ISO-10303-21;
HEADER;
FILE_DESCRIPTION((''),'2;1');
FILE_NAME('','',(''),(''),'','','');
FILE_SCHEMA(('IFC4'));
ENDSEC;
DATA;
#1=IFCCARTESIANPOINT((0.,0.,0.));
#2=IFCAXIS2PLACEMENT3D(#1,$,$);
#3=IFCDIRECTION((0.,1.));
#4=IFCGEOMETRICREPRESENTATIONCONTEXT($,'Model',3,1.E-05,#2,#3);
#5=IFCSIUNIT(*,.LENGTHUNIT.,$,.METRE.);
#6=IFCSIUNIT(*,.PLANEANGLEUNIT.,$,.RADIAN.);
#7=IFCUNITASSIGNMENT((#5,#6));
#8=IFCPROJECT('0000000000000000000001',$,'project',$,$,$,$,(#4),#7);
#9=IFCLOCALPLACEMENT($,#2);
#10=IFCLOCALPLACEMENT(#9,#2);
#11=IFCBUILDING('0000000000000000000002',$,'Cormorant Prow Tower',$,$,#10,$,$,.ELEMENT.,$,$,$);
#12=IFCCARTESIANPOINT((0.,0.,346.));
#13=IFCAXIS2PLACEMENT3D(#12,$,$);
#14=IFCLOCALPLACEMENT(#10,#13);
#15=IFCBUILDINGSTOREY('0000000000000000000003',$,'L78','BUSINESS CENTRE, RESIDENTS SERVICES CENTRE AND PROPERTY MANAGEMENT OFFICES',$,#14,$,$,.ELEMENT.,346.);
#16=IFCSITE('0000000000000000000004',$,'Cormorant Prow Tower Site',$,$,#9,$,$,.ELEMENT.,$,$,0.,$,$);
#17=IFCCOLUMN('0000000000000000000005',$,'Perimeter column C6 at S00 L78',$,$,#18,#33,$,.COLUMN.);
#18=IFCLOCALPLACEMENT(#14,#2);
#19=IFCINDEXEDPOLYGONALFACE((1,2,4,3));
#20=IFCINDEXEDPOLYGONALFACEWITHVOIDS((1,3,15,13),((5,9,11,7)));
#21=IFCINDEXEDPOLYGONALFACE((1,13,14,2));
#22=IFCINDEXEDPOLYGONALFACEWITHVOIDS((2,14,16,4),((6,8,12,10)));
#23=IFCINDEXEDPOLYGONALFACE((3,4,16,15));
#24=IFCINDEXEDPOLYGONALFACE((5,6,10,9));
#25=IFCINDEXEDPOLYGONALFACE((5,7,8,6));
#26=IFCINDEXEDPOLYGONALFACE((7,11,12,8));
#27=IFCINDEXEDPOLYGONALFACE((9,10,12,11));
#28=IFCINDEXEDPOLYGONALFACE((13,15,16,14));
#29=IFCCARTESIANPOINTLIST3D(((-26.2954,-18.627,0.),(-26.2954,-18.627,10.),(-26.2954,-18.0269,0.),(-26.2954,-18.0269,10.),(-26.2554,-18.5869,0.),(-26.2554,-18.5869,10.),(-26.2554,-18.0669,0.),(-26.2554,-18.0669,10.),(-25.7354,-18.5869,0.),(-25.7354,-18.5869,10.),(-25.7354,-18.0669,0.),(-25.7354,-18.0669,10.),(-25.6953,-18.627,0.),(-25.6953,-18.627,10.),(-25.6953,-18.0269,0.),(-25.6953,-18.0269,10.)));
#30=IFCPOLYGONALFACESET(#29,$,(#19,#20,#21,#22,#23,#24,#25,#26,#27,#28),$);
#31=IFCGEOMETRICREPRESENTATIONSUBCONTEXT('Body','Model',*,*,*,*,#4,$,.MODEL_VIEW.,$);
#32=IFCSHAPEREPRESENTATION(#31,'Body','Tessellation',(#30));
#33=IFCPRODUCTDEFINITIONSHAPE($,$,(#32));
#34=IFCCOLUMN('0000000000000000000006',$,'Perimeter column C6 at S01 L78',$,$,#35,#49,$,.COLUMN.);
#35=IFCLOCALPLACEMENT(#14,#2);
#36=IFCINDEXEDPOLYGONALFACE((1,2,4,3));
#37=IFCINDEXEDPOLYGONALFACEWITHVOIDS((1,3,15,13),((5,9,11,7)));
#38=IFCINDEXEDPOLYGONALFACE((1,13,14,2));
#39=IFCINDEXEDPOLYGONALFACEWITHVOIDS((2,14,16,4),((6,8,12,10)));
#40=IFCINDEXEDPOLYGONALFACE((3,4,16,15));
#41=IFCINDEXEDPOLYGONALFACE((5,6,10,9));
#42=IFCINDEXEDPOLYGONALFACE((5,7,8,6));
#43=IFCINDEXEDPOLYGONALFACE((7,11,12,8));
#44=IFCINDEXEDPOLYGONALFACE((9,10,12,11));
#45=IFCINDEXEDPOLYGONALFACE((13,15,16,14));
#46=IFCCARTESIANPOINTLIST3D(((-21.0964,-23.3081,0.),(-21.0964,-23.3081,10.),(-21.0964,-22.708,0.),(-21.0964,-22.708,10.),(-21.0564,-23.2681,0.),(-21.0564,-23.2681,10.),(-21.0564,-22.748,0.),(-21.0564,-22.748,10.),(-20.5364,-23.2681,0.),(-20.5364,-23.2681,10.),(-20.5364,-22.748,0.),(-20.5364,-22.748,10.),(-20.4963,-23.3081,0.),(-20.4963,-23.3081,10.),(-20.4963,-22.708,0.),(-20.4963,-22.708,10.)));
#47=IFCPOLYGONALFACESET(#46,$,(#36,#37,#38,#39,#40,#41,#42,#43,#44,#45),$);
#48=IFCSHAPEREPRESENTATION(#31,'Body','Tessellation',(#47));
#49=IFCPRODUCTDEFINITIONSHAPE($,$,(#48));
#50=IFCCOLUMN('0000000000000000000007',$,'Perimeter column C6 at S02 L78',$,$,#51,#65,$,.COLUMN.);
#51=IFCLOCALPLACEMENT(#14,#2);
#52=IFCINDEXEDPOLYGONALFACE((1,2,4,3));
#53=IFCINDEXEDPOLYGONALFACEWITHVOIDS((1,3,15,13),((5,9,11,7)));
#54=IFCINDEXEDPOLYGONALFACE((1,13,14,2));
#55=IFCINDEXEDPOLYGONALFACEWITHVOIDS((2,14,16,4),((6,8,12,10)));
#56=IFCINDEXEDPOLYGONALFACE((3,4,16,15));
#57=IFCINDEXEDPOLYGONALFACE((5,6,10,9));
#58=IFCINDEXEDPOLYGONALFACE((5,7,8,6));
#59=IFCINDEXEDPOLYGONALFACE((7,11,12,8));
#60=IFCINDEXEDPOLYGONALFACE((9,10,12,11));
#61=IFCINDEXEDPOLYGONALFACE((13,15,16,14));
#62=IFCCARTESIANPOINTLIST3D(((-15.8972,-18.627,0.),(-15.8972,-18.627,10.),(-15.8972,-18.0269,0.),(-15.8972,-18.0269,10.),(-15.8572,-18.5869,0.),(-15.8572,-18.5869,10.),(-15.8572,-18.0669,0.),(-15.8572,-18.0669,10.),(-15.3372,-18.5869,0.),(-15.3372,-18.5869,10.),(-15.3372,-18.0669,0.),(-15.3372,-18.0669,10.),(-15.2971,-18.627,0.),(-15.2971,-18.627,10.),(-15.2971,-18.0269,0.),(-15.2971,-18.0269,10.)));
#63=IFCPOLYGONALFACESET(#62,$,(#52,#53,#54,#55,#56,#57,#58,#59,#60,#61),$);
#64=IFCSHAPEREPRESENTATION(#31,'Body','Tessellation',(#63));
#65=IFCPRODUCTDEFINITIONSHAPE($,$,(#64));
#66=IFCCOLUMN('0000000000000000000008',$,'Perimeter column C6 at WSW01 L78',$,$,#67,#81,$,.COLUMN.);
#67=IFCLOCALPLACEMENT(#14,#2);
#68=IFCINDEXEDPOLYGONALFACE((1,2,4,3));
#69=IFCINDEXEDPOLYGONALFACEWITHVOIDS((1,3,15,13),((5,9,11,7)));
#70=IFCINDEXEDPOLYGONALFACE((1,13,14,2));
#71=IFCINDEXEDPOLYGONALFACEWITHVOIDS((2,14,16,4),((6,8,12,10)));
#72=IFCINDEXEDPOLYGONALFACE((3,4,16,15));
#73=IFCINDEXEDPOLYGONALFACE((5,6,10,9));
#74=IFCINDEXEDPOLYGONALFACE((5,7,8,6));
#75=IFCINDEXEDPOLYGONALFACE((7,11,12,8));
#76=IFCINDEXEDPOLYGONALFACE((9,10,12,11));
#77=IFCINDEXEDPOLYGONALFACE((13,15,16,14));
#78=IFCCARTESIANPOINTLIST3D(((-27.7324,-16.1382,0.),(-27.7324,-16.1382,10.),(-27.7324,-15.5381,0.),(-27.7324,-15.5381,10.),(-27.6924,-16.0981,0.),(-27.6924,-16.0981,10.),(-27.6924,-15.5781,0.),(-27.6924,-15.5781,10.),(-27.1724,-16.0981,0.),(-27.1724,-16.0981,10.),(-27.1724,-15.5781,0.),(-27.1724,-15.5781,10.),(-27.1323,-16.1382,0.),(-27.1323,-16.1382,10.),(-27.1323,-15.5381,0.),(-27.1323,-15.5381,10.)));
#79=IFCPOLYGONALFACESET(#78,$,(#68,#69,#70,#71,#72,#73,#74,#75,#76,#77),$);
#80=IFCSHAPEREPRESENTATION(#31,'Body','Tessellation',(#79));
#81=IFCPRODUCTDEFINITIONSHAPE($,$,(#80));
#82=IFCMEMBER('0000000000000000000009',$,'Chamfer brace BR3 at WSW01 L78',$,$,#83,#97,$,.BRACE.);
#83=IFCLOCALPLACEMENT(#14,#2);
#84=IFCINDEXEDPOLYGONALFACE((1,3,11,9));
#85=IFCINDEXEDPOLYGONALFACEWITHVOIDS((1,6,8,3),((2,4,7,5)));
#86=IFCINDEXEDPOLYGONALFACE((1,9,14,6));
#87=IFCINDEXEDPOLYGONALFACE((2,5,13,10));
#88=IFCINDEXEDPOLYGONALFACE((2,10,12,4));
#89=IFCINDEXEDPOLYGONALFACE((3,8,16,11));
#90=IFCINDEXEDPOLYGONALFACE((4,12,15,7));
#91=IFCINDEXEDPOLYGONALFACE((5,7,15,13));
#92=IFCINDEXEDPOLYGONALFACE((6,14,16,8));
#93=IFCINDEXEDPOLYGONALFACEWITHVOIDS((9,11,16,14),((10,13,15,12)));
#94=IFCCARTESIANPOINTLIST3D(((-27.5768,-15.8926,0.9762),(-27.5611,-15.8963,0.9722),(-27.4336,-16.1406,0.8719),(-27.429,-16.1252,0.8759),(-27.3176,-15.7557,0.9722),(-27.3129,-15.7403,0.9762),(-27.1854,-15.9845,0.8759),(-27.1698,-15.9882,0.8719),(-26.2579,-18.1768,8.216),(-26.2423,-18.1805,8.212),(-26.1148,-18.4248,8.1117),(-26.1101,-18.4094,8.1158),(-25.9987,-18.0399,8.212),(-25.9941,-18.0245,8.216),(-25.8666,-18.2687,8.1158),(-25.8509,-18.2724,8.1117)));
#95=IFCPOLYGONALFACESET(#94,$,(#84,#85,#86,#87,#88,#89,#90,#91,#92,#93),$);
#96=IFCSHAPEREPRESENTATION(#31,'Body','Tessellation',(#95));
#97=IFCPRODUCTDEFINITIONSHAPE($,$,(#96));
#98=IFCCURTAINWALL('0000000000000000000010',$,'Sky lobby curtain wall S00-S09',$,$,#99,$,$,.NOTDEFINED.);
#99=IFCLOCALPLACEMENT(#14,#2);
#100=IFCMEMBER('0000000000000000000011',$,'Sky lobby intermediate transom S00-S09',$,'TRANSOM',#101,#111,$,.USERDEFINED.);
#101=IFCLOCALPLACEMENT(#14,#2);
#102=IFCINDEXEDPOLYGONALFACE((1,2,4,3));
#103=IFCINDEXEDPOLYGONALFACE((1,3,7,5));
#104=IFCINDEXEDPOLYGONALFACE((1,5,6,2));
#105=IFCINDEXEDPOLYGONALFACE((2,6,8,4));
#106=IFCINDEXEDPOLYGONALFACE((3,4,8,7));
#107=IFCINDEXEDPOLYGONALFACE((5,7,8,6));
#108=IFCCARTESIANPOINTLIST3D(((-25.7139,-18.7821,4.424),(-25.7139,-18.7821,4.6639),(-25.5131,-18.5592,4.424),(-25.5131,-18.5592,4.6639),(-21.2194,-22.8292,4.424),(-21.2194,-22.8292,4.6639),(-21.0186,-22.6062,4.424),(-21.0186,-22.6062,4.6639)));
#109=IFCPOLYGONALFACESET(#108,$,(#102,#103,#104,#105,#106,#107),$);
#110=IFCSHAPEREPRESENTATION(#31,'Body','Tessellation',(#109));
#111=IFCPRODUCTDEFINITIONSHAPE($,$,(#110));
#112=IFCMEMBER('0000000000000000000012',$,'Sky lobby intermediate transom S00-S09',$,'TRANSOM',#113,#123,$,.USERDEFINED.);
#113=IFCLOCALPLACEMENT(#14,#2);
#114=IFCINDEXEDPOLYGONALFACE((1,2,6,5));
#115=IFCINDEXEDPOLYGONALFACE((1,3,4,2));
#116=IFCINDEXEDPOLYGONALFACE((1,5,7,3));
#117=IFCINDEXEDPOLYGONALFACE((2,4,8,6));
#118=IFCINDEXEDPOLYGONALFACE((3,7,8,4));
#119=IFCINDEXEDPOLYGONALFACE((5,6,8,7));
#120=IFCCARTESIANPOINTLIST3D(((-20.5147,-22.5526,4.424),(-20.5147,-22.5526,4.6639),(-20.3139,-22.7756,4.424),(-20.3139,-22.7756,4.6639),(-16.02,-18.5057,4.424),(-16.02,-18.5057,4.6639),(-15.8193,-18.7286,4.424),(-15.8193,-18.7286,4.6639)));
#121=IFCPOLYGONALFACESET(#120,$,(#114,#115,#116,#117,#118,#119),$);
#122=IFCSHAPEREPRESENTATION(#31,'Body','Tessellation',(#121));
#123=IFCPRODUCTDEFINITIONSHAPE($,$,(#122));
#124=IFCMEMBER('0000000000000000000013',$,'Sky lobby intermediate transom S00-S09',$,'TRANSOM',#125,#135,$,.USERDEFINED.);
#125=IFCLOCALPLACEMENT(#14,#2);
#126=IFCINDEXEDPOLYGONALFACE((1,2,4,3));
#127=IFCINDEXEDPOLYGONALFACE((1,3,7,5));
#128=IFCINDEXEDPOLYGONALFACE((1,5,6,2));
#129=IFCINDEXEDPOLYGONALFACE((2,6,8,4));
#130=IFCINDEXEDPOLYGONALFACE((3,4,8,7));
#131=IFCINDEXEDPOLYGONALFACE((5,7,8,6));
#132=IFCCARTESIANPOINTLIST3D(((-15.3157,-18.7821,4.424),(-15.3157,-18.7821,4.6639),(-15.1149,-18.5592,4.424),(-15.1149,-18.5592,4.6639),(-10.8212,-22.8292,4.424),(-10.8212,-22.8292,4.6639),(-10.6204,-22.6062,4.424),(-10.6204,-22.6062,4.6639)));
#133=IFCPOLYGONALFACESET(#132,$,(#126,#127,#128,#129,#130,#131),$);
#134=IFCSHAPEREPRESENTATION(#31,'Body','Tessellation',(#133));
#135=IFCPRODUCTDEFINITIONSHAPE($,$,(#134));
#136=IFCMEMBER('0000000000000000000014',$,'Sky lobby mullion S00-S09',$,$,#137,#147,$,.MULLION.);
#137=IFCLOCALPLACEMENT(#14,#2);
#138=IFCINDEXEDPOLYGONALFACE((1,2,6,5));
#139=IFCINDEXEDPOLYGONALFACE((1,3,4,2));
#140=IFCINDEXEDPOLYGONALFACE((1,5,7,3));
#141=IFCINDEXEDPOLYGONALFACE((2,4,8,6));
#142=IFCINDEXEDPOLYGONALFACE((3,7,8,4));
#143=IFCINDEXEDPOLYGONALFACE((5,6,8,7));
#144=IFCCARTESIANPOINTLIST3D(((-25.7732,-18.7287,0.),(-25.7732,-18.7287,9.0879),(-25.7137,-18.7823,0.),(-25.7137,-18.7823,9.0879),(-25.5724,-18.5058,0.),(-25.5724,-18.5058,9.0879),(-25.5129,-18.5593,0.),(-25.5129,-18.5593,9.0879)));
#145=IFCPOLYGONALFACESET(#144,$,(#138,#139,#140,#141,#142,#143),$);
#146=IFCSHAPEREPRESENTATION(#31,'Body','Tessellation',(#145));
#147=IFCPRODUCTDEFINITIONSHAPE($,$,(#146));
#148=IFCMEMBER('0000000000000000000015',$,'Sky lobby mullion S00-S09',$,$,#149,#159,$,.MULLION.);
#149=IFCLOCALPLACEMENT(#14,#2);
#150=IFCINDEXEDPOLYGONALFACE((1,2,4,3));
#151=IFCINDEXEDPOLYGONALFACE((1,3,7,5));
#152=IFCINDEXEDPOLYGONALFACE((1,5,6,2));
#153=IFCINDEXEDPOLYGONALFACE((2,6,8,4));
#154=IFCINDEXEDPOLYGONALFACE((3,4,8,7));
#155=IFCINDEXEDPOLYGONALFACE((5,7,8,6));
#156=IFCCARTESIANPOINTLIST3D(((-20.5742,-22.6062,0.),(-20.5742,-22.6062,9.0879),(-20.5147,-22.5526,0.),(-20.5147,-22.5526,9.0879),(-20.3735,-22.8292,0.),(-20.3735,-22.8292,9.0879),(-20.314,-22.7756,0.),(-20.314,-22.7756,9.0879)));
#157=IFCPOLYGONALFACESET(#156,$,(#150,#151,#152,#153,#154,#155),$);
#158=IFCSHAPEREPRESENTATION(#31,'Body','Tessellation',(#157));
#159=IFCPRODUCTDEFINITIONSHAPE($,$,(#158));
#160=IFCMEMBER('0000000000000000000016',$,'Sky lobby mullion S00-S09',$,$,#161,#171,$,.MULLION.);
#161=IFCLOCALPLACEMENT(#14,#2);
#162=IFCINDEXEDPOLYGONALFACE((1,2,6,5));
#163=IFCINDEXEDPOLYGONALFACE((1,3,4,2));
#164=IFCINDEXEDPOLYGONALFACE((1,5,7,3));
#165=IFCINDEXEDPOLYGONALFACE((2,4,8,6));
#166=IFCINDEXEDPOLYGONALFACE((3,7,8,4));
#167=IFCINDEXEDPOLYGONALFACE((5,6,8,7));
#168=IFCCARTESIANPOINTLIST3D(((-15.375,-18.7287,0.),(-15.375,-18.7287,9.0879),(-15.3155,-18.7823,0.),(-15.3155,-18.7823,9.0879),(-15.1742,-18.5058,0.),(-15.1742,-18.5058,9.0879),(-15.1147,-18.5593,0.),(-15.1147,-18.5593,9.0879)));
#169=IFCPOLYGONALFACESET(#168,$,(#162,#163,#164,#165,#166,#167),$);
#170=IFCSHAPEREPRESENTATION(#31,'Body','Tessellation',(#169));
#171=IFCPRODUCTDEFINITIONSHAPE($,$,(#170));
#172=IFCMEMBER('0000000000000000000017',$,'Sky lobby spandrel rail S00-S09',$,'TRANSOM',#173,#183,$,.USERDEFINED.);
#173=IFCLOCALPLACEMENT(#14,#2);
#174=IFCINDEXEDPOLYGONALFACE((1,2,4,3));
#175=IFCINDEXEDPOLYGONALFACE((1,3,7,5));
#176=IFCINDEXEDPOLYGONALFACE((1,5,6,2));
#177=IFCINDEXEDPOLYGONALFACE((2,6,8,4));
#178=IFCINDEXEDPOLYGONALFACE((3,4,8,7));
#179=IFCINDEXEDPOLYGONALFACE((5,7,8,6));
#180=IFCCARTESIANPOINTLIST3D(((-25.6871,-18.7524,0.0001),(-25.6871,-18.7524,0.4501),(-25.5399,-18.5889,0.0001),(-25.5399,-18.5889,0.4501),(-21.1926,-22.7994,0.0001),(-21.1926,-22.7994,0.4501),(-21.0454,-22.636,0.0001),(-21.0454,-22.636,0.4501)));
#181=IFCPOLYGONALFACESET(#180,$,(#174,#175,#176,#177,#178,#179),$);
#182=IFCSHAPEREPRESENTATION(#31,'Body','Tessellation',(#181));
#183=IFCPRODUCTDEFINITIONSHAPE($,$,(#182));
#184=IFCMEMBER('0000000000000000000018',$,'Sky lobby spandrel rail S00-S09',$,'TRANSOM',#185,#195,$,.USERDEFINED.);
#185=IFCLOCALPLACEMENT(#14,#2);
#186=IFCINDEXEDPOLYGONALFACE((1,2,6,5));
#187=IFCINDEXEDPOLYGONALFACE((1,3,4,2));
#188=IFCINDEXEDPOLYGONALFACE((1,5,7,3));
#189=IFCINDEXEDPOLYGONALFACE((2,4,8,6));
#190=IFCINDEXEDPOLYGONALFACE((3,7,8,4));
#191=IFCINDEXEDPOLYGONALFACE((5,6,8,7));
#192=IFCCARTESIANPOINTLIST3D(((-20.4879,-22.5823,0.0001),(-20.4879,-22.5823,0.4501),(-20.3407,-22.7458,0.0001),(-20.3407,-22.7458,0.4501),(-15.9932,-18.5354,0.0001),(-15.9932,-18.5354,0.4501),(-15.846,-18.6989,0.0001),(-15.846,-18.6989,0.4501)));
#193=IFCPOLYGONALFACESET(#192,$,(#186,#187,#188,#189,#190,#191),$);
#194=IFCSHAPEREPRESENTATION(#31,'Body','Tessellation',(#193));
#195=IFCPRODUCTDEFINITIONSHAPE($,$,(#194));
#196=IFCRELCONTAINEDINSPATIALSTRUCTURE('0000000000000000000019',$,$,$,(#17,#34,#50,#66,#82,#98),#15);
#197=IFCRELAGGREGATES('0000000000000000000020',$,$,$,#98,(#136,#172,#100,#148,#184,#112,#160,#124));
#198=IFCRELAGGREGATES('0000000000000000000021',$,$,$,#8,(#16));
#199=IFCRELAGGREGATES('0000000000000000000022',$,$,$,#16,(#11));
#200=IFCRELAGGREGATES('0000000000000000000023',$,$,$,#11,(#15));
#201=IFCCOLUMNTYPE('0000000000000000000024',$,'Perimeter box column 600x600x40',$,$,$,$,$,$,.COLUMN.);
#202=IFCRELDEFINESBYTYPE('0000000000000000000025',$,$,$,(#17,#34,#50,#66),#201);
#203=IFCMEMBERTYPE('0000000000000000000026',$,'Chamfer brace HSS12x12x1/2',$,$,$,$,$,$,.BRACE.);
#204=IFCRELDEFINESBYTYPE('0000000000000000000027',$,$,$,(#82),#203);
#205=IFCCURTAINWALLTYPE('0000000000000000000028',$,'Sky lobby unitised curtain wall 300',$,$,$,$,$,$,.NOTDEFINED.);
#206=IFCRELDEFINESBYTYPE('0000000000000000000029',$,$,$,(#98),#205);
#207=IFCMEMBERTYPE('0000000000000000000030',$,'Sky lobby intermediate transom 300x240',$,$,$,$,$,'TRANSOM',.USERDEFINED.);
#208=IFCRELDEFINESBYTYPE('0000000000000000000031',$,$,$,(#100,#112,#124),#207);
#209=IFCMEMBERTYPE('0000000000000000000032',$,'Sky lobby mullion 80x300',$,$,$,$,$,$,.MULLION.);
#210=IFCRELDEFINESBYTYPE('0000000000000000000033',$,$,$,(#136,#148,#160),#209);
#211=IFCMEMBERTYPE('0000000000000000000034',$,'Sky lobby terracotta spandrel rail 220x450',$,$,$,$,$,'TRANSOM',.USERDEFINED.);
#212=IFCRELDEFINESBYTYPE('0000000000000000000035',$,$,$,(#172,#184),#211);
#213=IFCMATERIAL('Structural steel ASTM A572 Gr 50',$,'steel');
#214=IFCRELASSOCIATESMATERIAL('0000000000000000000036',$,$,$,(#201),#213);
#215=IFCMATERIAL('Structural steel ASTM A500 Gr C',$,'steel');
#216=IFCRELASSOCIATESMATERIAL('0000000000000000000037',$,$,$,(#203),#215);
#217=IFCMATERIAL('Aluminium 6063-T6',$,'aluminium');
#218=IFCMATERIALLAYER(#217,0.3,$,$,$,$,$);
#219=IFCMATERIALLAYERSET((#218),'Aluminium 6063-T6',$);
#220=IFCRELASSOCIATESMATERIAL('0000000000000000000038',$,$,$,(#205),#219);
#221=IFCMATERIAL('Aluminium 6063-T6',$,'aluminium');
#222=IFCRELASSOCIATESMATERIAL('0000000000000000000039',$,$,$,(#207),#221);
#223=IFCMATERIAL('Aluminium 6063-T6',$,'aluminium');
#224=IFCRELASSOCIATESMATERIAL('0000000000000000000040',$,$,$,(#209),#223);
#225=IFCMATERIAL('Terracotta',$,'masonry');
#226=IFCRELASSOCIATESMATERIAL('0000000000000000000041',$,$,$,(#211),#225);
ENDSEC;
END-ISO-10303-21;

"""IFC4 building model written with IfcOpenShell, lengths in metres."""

from ifc_helpers import new_model, si_unit, direction, frame, origin, origin_2d, place, context, subcontext, project, spatial, rectangle, hollow_rectangle, extrude, material, layer, layer_set, material_profile, profile_set, type_object, element, aggregate, save


model = new_model("IFC4")

# Units and contexts
model_context = context("Model", 3, precision=1e-05, world=origin(), true_north=direction((0.0, 1.0)))
body_context = subcontext(model_context, "Body", "Model", "MODEL_VIEW")
ifc_project = project(units=[si_unit("LENGTHUNIT", "METRE"), si_unit("PLANEANGLEUNIT", "RADIAN")], contexts=[model_context])

# Site, building, storey
site_placement = place(None, origin())
site = spatial("IfcSite", under=ifc_project, at=site_placement, Name="Cormorant Prow Tower Site", CompositionType="ELEMENT", RefElevation=0.0)
building_placement = place(site_placement, origin())
building = spatial("IfcBuilding", under=site, at=building_placement, Name="Cormorant Prow Tower", CompositionType="ELEMENT")
storey_placement = place(building_placement, frame((0.0, 0.0, 346.0)))
storey = spatial("IfcBuildingStorey", under=building, at=storey_placement, Name="L78", Description="BUSINESS CENTRE, RESIDENTS SERVICES CENTRE AND PROPERTY MANAGEMENT OFFICES", CompositionType="ELEMENT", Elevation=346.0)

# Columns
ifc_material_1 = material(Name="Structural steel ASTM A572 Gr 50", Category="steel")
ifc_material_profile_1 = material_profile(ifc_material_1, hollow_rectangle(XDim=0.6001, YDim=0.6001, WallThickness=0.04, at=origin_2d()), Name="Box 600x600x40")
ifc_profile_set_1 = profile_set([ifc_material_profile_1], Name="Structural steel ASTM A572 Gr 50")
column_type = type_object("IfcColumnType", Name="Perimeter box column 600x600x40", PredefinedType="COLUMN", material=ifc_profile_set_1)
for number, where, z_axis, x_axis, name in (
    (1, (-25.9954, -18.3269, 0.0), (0.0, 0.0, 1.0), (1.0, 0.0, 0.0), "Perimeter column C6 at S00 L78"),
    (2, (-20.7964, -23.0081, 0.0), (0.0, 0.0, 1.0), (1.0, 0.0, 0.0), "Perimeter column C6 at S01 L78"),
    (3, (-15.5972, -18.3269, 0.0), (0.0, 0.0, 1.0), (1.0, 0.0, 0.0), "Perimeter column C6 at S02 L78"),
    (4, (-27.4324, -15.8381, 0.0), (0.0, 0.0, 1.0), (1.0, 0.0, 0.0), "Perimeter column C6 at WSW01 L78"),
):
    element("IfcColumn", number, at=place(storey_placement, frame(where, z_axis=z_axis, x_axis=x_axis)), inside=storey, type_object=column_type, Name=name, PredefinedType="COLUMN", context=body_context, shape_type="SweptSolid", body=[
        extrude(hollow_rectangle(XDim=0.6001, YDim=0.6001, WallThickness=0.04, at=origin_2d()), origin(), (0.0, 0.0, 1.0), 10.0),
    ])

# Member
ifc_material_2 = material(Name="Structural steel ASTM A500 Gr C", Category="steel")
ifc_material_profile_2 = material_profile(ifc_material_2, hollow_rectangle(XDim=0.3047, YDim=0.3047, WallThickness=0.0117, at=origin_2d()), Name="HSS12x12x1/2")
ifc_profile_set_2 = profile_set([ifc_material_profile_2], Name="Structural steel ASTM A500 Gr C")
member_type_1 = type_object("IfcMemberType", Name="Chamfer brace HSS12x12x1/2", PredefinedType="BRACE", material=ifc_profile_set_2)
member_1_placement = place(storey_placement, frame((-27.3733, -15.9404, 0.9241), z_axis=(0.171162, -0.296445, 0.939587), x_axis=(0.866013, 0.500022, 0.0)))
element("IfcMember", 5, at=member_1_placement, inside=storey, type_object=member_type_1, Name="Chamfer brace BR3 at WSW01 L78", PredefinedType="BRACE", context=body_context, shape_type="SweptSolid", body=[
    extrude(hollow_rectangle(XDim=0.3047, YDim=0.3047, WallThickness=0.0117, at=origin_2d()), origin(), (0.0, 0.0, 1.0), 7.7053),
])

# Curtain wall, members
ifc_material_3 = material(Name="Aluminium 6063-T6", Category="aluminium")
ifc_layer_1 = layer(ifc_material_3, 0.3)
ifc_layer_set_1 = layer_set([ifc_layer_1], Name="Aluminium 6063-T6")
curtain_wall_type = type_object("IfcCurtainWallType", Name="Sky lobby unitised curtain wall 300", PredefinedType="NOTDEFINED", material=ifc_layer_set_1)
curtain_wall_placement = place(storey_placement, origin())
curtain_wall = element("IfcCurtainWall", 6, at=curtain_wall_placement, inside=storey, type_object=curtain_wall_type, Name="Sky lobby curtain wall S00-S09", PredefinedType="NOTDEFINED")
ifc_material_4 = material(Name="Aluminium 6063-T6", Category="aluminium")
ifc_material_profile_3 = material_profile(ifc_material_4, rectangle(XDim=0.3, YDim=0.24, at=origin_2d()), Name="Sky lobby intermediate transom 300x240")
ifc_profile_set_3 = profile_set([ifc_material_profile_3], Name="Aluminium 6063-T6")
member_type_2 = type_object("IfcMemberType", Name="Sky lobby intermediate transom 300x240", ElementType="TRANSOM", PredefinedType="USERDEFINED", material=ifc_profile_set_3)
member_2_placement = place(storey_placement, frame((-25.6135, -18.6707, 4.5439), z_axis=(0.743134, -0.669143, 0.0), x_axis=(0.669143, 0.743134, 0.0)))
member_2 = element("IfcMember", 7, at=member_2_placement, type_object=member_type_2, Name="Sky lobby intermediate transom S00-S09", ObjectType="TRANSOM", PredefinedType="USERDEFINED", context=body_context, shape_type="SweptSolid", body=[
    extrude(rectangle(XDim=0.3, YDim=0.24, at=origin_2d()), origin(), (0.0, 0.0, 1.0), 6.0481),
])
member_3_placement = place(storey_placement, frame((-20.4143, -22.6641, 4.5439), z_axis=(0.743154, 0.669121, 0.0), x_axis=(-0.669121, 0.743154, 0.0)))
member_3 = element("IfcMember", 8, at=member_3_placement, type_object=member_type_2, Name="Sky lobby intermediate transom S00-S09", ObjectType="TRANSOM", PredefinedType="USERDEFINED", context=body_context, shape_type="SweptSolid", body=[
    extrude(rectangle(XDim=0.3, YDim=0.24, at=origin_2d()), origin(), (0.0, 0.0, 1.0), 6.0481),
])
member_4_placement = place(storey_placement, frame((-15.2153, -18.6707, 4.5439), z_axis=(0.743134, -0.669143, 0.0), x_axis=(0.669143, 0.743134, 0.0)))
member_4 = element("IfcMember", 9, at=member_4_placement, type_object=member_type_2, Name="Sky lobby intermediate transom S00-S09", ObjectType="TRANSOM", PredefinedType="USERDEFINED", context=body_context, shape_type="SweptSolid", body=[
    extrude(rectangle(XDim=0.3, YDim=0.24, at=origin_2d()), origin(), (0.0, 0.0, 1.0), 6.0481),
])
ifc_material_5 = material(Name="Aluminium 6063-T6", Category="aluminium")
ifc_material_profile_4 = material_profile(ifc_material_5, rectangle(XDim=0.3, YDim=0.0801, at=origin_2d()), Name="Sky lobby mullion 80x300")
ifc_profile_set_4 = profile_set([ifc_material_profile_4], Name="Aluminium 6063-T6")
member_type_3 = type_object("IfcMemberType", Name="Sky lobby mullion 80x300", PredefinedType="MULLION", material=ifc_profile_set_4)
member_5_placement = place(storey_placement, frame((-25.6431, -18.644, 0.0), z_axis=(0.0, 0.0, 1.0), x_axis=(0.669131, 0.743145, 0.0)))
member_5 = element("IfcMember", 10, at=member_5_placement, type_object=member_type_3, Name="Sky lobby mullion S00-S09", PredefinedType="MULLION", context=body_context, shape_type="SweptSolid", body=[
    extrude(rectangle(XDim=0.3, YDim=0.0801, at=origin_2d()), origin(), (0.0, 0.0, 1.0), 9.0879),
])
member_6_placement = place(storey_placement, frame((-20.4441, -22.6909, 0.0), z_axis=(0.0, 0.0, 1.0), x_axis=(-0.669131, 0.743145, 0.0)))
member_6 = element("IfcMember", 11, at=member_6_placement, type_object=member_type_3, Name="Sky lobby mullion S00-S09", PredefinedType="MULLION", context=body_context, shape_type="SweptSolid", body=[
    extrude(rectangle(XDim=0.3, YDim=0.0801, at=origin_2d()), origin(), (0.0, 0.0, 1.0), 9.0879),
])
member_7_placement = place(storey_placement, frame((-15.2449, -18.644, 0.0), z_axis=(0.0, 0.0, 1.0), x_axis=(0.669131, 0.743145, 0.0)))
member_7 = element("IfcMember", 12, at=member_7_placement, type_object=member_type_3, Name="Sky lobby mullion S00-S09", PredefinedType="MULLION", context=body_context, shape_type="SweptSolid", body=[
    extrude(rectangle(XDim=0.3, YDim=0.0801, at=origin_2d()), origin(), (0.0, 0.0, 1.0), 9.0879),
])
ifc_material_6 = material(Name="Terracotta", Category="masonry")
ifc_material_profile_5 = material_profile(ifc_material_6, rectangle(XDim=0.22, YDim=0.45, at=origin_2d()), Name="Sky lobby terracotta spandrel rail 220x450")
ifc_profile_set_5 = profile_set([ifc_material_profile_5], Name="Terracotta")
member_type_4 = type_object("IfcMemberType", Name="Sky lobby terracotta spandrel rail 220x450", ElementType="TRANSOM", PredefinedType="USERDEFINED", material=ifc_profile_set_5)
member_8_placement = place(storey_placement, frame((-25.6135, -18.6707, 0.2251), z_axis=(0.743134, -0.669143, 0.0), x_axis=(0.669143, 0.743134, 0.0)))
member_8 = element("IfcMember", 13, at=member_8_placement, type_object=member_type_4, Name="Sky lobby spandrel rail S00-S09", ObjectType="TRANSOM", PredefinedType="USERDEFINED", context=body_context, shape_type="SweptSolid", body=[
    extrude(rectangle(XDim=0.22, YDim=0.45, at=origin_2d()), origin(), (0.0, 0.0, 1.0), 6.0481),
])
member_9_placement = place(storey_placement, frame((-20.4143, -22.6641, 0.2251), z_axis=(0.743154, 0.669121, 0.0), x_axis=(-0.669121, 0.743154, 0.0)))
member_9 = element("IfcMember", 14, at=member_9_placement, type_object=member_type_4, Name="Sky lobby spandrel rail S00-S09", ObjectType="TRANSOM", PredefinedType="USERDEFINED", context=body_context, shape_type="SweptSolid", body=[
    extrude(rectangle(XDim=0.22, YDim=0.45, at=origin_2d()), origin(), (0.0, 0.0, 1.0), 6.0481),
])

aggregate(curtain_wall, [member_5, member_8, member_2, member_6, member_9, member_3, member_7, member_4])

save(model, "model.ifc")
